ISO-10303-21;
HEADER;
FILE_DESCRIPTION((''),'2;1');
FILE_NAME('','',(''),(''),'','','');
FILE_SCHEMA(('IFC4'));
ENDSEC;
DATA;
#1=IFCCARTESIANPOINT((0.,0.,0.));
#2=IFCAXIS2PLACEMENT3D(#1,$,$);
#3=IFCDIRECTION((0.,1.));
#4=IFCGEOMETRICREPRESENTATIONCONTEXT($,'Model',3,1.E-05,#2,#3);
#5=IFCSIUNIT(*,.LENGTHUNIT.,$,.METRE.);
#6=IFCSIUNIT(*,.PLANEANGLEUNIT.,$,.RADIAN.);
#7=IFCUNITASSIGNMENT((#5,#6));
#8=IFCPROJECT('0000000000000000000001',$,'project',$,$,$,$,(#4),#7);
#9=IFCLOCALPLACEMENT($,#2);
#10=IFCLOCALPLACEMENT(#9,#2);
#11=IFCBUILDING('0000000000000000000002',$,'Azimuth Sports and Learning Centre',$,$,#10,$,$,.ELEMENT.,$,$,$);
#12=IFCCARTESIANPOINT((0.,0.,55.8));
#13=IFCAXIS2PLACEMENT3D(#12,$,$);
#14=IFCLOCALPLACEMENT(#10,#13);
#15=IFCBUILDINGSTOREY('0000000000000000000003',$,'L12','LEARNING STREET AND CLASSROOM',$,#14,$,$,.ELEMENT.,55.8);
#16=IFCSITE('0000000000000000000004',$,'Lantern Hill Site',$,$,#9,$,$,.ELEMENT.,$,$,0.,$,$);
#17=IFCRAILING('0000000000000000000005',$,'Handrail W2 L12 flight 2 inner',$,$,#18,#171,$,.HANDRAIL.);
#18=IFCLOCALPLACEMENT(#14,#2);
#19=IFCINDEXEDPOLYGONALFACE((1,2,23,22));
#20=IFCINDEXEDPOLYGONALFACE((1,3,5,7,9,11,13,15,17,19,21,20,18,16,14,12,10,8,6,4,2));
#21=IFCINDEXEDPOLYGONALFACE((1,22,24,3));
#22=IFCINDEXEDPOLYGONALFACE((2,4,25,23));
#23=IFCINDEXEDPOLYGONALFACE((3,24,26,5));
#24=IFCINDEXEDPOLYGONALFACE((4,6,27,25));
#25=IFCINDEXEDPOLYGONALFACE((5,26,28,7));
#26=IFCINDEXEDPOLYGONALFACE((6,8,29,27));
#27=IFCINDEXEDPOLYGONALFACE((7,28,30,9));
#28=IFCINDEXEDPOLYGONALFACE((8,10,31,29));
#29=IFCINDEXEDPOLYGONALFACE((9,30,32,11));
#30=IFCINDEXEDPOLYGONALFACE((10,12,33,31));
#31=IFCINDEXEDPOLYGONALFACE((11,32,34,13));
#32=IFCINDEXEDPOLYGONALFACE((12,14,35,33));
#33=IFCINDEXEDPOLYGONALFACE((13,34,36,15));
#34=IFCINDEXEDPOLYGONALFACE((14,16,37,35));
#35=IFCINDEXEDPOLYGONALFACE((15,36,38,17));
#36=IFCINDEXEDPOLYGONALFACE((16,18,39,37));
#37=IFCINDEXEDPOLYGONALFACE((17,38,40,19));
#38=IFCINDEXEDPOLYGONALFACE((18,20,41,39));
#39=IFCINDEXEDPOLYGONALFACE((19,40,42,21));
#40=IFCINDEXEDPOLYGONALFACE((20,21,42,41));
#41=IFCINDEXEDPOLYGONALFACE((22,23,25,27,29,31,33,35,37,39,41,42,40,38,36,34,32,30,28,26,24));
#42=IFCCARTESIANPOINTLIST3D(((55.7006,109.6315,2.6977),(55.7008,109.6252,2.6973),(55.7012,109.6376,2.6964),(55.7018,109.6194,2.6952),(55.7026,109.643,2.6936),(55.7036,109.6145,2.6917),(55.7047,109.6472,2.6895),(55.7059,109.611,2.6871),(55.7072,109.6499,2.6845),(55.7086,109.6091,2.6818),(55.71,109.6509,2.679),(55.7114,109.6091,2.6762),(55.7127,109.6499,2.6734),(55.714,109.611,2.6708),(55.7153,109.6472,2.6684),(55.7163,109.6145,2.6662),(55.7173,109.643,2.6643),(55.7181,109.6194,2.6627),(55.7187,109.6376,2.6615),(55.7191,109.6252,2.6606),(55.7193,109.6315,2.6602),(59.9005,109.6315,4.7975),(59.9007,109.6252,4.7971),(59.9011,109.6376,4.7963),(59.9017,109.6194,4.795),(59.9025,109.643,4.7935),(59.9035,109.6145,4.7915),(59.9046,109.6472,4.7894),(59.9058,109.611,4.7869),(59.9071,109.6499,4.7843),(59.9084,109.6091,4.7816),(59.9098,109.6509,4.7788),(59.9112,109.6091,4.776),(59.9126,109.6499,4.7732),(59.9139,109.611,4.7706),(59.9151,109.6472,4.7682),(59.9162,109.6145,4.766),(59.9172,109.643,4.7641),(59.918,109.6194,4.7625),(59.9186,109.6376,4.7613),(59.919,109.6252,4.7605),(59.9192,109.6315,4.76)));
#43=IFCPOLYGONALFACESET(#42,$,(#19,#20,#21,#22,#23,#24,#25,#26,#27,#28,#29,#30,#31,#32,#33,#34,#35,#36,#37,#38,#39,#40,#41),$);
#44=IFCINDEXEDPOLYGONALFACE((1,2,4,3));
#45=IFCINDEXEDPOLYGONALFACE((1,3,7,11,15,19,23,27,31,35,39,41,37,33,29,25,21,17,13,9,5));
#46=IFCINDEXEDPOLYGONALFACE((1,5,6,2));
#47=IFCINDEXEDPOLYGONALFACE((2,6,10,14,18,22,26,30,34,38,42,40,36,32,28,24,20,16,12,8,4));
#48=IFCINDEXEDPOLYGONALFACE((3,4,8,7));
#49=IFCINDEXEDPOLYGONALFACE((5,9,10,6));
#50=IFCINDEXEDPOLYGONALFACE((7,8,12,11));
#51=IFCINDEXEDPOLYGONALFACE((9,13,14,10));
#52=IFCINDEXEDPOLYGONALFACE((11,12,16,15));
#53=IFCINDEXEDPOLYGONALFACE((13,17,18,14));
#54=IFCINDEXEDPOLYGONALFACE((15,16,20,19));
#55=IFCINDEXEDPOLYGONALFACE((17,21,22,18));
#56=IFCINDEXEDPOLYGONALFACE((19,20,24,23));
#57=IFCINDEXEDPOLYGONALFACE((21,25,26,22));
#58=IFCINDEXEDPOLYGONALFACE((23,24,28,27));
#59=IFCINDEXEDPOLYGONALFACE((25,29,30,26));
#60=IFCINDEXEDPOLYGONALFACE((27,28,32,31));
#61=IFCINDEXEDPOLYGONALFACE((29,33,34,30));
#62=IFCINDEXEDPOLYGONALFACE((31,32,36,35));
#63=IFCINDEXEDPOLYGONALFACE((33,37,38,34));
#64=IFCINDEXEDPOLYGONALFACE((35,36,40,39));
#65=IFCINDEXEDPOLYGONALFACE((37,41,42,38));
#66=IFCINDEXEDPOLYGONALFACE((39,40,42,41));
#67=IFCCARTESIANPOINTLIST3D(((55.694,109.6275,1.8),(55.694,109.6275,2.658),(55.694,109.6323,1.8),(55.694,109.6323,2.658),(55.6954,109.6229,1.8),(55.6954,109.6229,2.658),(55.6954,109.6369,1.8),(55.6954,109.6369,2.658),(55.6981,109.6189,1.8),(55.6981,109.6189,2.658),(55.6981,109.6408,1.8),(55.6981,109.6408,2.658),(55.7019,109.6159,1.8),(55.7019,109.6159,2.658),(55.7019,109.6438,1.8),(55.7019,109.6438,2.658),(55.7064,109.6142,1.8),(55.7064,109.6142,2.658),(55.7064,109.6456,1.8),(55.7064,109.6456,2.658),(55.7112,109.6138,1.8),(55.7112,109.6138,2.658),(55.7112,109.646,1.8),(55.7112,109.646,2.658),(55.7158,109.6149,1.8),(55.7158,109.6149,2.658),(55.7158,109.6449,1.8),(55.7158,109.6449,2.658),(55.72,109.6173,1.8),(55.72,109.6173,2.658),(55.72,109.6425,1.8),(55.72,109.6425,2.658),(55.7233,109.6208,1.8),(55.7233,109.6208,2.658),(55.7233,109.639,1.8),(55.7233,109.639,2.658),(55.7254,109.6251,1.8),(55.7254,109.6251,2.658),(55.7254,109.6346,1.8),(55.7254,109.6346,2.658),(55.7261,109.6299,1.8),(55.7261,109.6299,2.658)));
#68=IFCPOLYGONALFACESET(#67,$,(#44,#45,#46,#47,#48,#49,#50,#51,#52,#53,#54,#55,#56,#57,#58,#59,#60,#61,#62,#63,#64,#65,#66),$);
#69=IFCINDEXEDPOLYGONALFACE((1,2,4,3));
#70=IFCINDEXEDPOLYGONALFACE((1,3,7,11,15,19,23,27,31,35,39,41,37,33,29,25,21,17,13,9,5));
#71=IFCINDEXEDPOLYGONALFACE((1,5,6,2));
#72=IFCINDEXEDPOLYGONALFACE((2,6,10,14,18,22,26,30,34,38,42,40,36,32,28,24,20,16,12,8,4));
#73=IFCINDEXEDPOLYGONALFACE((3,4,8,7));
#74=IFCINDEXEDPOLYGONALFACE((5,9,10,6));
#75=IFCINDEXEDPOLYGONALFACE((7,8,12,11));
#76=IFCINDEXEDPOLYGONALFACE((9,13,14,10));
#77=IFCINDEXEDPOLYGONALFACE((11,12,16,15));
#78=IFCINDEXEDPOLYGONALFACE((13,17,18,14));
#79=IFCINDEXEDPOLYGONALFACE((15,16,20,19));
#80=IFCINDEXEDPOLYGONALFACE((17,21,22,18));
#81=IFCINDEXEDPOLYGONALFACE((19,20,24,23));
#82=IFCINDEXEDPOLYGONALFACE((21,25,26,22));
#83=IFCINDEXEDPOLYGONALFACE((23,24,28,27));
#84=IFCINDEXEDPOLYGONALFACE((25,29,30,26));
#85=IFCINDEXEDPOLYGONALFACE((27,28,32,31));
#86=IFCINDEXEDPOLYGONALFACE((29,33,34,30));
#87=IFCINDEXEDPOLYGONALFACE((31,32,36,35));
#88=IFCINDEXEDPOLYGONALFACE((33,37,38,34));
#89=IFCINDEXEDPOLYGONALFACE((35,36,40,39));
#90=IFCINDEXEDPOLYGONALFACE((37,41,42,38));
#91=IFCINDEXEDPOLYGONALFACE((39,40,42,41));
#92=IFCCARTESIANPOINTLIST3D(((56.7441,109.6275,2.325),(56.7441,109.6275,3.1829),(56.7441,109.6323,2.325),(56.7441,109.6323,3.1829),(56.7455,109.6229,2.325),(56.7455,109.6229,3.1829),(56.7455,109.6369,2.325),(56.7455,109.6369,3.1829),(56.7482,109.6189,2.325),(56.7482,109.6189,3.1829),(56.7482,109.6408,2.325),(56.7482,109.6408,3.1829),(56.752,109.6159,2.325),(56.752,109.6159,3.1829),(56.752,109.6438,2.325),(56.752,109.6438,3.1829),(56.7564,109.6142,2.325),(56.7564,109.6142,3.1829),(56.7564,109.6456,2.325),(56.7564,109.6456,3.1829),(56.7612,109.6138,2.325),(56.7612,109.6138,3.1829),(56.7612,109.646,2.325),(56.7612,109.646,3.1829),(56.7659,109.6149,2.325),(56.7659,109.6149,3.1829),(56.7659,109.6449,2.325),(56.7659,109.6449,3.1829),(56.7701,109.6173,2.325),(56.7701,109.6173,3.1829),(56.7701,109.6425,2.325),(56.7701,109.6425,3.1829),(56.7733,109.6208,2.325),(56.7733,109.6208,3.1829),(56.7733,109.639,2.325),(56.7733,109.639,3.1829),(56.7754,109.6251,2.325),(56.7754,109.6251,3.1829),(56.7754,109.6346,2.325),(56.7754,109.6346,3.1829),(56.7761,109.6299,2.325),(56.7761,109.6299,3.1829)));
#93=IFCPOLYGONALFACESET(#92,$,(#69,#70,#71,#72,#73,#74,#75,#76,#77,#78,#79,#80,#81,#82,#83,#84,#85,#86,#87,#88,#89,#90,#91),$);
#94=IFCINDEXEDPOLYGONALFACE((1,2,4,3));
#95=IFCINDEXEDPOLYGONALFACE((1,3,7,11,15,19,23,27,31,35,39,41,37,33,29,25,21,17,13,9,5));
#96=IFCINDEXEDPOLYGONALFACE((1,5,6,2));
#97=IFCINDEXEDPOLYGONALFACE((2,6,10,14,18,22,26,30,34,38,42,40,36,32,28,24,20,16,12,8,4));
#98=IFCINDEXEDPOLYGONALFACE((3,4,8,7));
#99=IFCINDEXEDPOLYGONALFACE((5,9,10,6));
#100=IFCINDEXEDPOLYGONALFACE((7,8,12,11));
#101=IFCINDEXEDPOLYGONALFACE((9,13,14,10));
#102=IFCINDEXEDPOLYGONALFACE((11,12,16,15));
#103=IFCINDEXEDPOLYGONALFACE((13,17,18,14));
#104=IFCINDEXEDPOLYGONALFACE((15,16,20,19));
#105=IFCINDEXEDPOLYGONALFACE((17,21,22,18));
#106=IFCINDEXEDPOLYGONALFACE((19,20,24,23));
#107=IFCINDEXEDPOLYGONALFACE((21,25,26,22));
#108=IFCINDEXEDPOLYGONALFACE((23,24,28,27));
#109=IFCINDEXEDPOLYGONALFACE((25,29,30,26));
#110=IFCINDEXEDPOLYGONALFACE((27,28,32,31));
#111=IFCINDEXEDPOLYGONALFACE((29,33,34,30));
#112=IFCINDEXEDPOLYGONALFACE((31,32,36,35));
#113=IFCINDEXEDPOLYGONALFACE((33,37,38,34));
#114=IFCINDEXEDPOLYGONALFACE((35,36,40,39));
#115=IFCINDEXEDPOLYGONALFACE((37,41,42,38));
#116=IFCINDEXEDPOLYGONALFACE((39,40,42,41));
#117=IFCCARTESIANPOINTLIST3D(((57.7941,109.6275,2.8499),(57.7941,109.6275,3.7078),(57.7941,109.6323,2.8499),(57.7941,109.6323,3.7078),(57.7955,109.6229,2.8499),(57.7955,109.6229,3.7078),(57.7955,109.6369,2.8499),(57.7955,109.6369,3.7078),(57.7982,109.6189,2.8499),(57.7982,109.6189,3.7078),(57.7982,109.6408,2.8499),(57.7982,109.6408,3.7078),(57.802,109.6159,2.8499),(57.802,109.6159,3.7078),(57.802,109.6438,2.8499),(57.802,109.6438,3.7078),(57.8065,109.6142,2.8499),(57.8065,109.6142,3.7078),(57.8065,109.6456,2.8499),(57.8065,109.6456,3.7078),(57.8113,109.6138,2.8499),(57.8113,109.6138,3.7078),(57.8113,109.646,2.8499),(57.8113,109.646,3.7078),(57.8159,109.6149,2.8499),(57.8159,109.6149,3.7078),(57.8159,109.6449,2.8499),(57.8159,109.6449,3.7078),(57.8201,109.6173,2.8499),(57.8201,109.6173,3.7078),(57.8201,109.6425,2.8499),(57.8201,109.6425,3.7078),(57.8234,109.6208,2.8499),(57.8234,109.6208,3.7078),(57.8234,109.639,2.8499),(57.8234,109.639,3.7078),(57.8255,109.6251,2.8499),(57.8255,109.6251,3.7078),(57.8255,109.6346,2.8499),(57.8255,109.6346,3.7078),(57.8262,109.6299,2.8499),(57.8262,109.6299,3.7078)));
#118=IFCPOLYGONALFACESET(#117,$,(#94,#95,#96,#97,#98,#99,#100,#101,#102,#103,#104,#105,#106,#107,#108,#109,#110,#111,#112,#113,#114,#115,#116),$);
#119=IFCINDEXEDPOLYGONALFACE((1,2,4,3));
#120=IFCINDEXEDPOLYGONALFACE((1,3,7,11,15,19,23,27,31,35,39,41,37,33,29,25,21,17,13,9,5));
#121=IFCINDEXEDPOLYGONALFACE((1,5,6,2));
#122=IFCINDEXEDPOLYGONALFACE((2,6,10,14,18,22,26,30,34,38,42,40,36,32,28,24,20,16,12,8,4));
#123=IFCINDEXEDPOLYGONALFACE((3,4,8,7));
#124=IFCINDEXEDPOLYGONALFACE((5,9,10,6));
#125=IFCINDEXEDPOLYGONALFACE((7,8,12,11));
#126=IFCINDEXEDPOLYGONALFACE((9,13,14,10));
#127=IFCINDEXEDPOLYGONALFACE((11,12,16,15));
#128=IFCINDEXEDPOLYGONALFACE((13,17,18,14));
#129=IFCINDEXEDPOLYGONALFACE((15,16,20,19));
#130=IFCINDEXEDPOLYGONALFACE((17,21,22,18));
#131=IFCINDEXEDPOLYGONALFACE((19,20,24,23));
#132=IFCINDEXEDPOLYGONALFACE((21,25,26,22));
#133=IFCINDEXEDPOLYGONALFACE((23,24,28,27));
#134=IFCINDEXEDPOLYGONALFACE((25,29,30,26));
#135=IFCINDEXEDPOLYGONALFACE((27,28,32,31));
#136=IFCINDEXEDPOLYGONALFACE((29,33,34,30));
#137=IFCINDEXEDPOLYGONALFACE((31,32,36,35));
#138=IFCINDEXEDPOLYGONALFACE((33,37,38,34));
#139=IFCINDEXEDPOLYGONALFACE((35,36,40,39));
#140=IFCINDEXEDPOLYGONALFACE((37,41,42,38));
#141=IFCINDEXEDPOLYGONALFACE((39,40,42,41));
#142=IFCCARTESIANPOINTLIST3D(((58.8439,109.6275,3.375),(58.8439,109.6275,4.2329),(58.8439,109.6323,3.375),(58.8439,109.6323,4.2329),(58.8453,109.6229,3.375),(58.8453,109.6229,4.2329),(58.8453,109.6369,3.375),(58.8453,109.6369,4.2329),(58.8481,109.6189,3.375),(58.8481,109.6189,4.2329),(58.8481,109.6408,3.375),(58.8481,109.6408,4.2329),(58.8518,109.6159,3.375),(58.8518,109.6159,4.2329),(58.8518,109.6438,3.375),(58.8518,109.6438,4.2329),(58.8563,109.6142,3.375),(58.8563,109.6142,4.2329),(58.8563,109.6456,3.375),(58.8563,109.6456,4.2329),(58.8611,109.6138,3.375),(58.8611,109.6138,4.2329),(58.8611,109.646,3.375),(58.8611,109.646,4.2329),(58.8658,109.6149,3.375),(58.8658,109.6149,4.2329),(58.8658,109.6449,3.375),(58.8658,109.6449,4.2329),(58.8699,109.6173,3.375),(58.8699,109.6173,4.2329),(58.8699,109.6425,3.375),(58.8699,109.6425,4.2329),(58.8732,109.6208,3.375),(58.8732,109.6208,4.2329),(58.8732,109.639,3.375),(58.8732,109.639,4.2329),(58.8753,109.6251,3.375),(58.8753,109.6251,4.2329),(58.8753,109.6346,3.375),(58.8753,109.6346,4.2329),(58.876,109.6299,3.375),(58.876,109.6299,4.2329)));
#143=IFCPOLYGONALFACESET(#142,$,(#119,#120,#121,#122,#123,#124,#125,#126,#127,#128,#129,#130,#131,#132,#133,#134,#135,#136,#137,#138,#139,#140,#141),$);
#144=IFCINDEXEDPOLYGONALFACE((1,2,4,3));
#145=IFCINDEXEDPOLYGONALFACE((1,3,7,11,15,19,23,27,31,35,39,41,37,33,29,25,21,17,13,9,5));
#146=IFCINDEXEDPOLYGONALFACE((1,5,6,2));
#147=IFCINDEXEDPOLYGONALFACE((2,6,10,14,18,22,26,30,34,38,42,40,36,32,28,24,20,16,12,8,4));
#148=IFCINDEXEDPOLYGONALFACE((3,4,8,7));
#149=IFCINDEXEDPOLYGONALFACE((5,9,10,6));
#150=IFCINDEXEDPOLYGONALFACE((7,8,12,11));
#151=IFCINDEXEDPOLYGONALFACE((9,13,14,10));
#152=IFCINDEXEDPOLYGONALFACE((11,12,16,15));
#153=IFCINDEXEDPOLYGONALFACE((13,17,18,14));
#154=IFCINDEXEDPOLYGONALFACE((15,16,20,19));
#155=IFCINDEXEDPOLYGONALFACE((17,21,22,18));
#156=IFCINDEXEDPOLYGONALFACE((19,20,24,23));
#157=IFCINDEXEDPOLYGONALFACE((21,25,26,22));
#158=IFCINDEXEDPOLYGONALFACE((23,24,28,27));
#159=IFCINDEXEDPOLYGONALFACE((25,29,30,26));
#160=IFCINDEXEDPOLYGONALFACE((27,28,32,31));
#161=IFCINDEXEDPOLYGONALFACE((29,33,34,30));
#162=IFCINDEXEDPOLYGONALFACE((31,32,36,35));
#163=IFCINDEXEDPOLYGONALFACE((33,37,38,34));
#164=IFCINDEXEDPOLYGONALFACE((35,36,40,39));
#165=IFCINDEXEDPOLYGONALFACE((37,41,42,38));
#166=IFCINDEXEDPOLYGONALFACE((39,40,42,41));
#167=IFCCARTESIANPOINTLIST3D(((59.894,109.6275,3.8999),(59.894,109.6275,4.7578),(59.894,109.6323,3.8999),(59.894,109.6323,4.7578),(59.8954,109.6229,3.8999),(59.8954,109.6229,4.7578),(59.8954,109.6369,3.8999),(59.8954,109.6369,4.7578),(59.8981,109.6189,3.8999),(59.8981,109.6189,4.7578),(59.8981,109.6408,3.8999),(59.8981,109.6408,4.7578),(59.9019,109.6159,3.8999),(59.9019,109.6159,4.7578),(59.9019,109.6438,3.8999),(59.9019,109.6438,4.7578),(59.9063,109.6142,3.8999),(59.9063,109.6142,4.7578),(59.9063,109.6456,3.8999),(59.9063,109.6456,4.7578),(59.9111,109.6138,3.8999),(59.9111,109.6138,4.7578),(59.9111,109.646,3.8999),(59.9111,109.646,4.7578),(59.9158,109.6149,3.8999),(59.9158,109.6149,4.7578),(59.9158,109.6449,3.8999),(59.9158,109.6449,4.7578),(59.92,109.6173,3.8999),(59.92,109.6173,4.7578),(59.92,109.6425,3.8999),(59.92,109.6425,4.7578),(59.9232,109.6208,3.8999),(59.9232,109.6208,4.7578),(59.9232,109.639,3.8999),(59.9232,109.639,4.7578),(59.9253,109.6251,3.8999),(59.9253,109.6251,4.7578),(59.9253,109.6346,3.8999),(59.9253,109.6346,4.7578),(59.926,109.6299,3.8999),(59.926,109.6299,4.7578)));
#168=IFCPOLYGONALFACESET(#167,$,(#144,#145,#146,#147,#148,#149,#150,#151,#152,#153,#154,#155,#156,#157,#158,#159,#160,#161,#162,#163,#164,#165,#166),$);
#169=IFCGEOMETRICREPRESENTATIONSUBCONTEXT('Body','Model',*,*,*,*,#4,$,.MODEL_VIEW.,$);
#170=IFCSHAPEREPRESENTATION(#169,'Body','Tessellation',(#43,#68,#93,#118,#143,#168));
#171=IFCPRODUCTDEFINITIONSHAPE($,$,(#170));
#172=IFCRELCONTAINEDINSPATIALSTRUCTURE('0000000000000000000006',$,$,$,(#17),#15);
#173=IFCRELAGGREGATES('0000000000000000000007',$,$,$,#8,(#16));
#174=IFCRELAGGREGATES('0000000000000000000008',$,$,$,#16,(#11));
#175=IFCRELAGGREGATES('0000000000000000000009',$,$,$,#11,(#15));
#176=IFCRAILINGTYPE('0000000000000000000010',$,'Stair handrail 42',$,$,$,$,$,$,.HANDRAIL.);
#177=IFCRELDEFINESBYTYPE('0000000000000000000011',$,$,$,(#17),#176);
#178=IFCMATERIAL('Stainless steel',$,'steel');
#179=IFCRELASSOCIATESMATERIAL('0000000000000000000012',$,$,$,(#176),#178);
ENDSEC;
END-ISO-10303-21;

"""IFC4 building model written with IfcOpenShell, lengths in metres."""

from ifc_helpers import new_model, si_unit, direction, frame, origin, origin_2d, place, context, subcontext, project, spatial, circle, extrude, material, type_object, element, save


model = new_model("IFC4")

# Units and contexts
model_context = context("Model", 3, precision=1e-05, world=origin(), true_north=direction((0.0, 1.0)))
body_context = subcontext(model_context, "Body", "Model", "MODEL_VIEW")
ifc_project = project(units=[si_unit("LENGTHUNIT", "METRE"), si_unit("PLANEANGLEUNIT", "RADIAN")], contexts=[model_context])

# Site, building, storey
site_placement = place(None, origin())
site = spatial("IfcSite", under=ifc_project, at=site_placement, Name="Lantern Hill Site", CompositionType="ELEMENT", RefElevation=0.0)
building_placement = place(site_placement, origin())
building = spatial("IfcBuilding", under=site, at=building_placement, Name="Azimuth Sports and Learning Centre", CompositionType="ELEMENT")
storey_placement = place(building_placement, frame((0.0, 0.0, 55.8)))
storey = spatial("IfcBuildingStorey", under=building, at=storey_placement, Name="L12", Description="LEARNING STREET AND CLASSROOM", CompositionType="ELEMENT", Elevation=55.8)

# Railing
ifc_material_1 = material(Name="Stainless steel", Category="steel")
railing_type_1 = type_object("IfcRailingType", Name="Stair handrail 42", PredefinedType="HANDRAIL", material=ifc_material_1)
railing_1_placement = place(storey_placement, frame((55.71, 109.6299, 1.8)))
element("IfcRailing", 1, at=railing_1_placement, inside=storey, type_object=railing_type_1, Name="Handrail W2 L12 flight 2 inner", PredefinedType="HANDRAIL", context=body_context, shape_type="SweptSolid", body=[
    extrude(circle(Radius=0.021, at=origin_2d()), frame((0.0, 0.0, 0.8789), z_axis=(0.894438, 0.0, 0.447193), x_axis=(0.0, 1.0, 0.0)), (0.0, 0.0, 1.0), 4.6956),
    extrude(circle(Radius=0.0161, at=origin_2d()), origin(), (0.0, 0.0, 1.0), 0.8579),
    extrude(circle(Radius=0.0161, at=origin_2d()), frame((1.05, 0.0, 0.5249)), (0.0, 0.0, 1.0), 0.8579),
    extrude(circle(Radius=0.0161, at=origin_2d()), frame((2.1001, 0.0, 1.0498)), (0.0, 0.0, 1.0), 0.8579),
    extrude(circle(Radius=0.0161, at=origin_2d()), frame((3.1499, 0.0, 1.575)), (0.0, 0.0, 1.0), 0.8579),
    extrude(circle(Radius=0.0161, at=origin_2d()), frame((4.2, 0.0, 2.0999)), (0.0, 0.0, 1.0), 0.8579),
])

save(model, "model.ifc")
